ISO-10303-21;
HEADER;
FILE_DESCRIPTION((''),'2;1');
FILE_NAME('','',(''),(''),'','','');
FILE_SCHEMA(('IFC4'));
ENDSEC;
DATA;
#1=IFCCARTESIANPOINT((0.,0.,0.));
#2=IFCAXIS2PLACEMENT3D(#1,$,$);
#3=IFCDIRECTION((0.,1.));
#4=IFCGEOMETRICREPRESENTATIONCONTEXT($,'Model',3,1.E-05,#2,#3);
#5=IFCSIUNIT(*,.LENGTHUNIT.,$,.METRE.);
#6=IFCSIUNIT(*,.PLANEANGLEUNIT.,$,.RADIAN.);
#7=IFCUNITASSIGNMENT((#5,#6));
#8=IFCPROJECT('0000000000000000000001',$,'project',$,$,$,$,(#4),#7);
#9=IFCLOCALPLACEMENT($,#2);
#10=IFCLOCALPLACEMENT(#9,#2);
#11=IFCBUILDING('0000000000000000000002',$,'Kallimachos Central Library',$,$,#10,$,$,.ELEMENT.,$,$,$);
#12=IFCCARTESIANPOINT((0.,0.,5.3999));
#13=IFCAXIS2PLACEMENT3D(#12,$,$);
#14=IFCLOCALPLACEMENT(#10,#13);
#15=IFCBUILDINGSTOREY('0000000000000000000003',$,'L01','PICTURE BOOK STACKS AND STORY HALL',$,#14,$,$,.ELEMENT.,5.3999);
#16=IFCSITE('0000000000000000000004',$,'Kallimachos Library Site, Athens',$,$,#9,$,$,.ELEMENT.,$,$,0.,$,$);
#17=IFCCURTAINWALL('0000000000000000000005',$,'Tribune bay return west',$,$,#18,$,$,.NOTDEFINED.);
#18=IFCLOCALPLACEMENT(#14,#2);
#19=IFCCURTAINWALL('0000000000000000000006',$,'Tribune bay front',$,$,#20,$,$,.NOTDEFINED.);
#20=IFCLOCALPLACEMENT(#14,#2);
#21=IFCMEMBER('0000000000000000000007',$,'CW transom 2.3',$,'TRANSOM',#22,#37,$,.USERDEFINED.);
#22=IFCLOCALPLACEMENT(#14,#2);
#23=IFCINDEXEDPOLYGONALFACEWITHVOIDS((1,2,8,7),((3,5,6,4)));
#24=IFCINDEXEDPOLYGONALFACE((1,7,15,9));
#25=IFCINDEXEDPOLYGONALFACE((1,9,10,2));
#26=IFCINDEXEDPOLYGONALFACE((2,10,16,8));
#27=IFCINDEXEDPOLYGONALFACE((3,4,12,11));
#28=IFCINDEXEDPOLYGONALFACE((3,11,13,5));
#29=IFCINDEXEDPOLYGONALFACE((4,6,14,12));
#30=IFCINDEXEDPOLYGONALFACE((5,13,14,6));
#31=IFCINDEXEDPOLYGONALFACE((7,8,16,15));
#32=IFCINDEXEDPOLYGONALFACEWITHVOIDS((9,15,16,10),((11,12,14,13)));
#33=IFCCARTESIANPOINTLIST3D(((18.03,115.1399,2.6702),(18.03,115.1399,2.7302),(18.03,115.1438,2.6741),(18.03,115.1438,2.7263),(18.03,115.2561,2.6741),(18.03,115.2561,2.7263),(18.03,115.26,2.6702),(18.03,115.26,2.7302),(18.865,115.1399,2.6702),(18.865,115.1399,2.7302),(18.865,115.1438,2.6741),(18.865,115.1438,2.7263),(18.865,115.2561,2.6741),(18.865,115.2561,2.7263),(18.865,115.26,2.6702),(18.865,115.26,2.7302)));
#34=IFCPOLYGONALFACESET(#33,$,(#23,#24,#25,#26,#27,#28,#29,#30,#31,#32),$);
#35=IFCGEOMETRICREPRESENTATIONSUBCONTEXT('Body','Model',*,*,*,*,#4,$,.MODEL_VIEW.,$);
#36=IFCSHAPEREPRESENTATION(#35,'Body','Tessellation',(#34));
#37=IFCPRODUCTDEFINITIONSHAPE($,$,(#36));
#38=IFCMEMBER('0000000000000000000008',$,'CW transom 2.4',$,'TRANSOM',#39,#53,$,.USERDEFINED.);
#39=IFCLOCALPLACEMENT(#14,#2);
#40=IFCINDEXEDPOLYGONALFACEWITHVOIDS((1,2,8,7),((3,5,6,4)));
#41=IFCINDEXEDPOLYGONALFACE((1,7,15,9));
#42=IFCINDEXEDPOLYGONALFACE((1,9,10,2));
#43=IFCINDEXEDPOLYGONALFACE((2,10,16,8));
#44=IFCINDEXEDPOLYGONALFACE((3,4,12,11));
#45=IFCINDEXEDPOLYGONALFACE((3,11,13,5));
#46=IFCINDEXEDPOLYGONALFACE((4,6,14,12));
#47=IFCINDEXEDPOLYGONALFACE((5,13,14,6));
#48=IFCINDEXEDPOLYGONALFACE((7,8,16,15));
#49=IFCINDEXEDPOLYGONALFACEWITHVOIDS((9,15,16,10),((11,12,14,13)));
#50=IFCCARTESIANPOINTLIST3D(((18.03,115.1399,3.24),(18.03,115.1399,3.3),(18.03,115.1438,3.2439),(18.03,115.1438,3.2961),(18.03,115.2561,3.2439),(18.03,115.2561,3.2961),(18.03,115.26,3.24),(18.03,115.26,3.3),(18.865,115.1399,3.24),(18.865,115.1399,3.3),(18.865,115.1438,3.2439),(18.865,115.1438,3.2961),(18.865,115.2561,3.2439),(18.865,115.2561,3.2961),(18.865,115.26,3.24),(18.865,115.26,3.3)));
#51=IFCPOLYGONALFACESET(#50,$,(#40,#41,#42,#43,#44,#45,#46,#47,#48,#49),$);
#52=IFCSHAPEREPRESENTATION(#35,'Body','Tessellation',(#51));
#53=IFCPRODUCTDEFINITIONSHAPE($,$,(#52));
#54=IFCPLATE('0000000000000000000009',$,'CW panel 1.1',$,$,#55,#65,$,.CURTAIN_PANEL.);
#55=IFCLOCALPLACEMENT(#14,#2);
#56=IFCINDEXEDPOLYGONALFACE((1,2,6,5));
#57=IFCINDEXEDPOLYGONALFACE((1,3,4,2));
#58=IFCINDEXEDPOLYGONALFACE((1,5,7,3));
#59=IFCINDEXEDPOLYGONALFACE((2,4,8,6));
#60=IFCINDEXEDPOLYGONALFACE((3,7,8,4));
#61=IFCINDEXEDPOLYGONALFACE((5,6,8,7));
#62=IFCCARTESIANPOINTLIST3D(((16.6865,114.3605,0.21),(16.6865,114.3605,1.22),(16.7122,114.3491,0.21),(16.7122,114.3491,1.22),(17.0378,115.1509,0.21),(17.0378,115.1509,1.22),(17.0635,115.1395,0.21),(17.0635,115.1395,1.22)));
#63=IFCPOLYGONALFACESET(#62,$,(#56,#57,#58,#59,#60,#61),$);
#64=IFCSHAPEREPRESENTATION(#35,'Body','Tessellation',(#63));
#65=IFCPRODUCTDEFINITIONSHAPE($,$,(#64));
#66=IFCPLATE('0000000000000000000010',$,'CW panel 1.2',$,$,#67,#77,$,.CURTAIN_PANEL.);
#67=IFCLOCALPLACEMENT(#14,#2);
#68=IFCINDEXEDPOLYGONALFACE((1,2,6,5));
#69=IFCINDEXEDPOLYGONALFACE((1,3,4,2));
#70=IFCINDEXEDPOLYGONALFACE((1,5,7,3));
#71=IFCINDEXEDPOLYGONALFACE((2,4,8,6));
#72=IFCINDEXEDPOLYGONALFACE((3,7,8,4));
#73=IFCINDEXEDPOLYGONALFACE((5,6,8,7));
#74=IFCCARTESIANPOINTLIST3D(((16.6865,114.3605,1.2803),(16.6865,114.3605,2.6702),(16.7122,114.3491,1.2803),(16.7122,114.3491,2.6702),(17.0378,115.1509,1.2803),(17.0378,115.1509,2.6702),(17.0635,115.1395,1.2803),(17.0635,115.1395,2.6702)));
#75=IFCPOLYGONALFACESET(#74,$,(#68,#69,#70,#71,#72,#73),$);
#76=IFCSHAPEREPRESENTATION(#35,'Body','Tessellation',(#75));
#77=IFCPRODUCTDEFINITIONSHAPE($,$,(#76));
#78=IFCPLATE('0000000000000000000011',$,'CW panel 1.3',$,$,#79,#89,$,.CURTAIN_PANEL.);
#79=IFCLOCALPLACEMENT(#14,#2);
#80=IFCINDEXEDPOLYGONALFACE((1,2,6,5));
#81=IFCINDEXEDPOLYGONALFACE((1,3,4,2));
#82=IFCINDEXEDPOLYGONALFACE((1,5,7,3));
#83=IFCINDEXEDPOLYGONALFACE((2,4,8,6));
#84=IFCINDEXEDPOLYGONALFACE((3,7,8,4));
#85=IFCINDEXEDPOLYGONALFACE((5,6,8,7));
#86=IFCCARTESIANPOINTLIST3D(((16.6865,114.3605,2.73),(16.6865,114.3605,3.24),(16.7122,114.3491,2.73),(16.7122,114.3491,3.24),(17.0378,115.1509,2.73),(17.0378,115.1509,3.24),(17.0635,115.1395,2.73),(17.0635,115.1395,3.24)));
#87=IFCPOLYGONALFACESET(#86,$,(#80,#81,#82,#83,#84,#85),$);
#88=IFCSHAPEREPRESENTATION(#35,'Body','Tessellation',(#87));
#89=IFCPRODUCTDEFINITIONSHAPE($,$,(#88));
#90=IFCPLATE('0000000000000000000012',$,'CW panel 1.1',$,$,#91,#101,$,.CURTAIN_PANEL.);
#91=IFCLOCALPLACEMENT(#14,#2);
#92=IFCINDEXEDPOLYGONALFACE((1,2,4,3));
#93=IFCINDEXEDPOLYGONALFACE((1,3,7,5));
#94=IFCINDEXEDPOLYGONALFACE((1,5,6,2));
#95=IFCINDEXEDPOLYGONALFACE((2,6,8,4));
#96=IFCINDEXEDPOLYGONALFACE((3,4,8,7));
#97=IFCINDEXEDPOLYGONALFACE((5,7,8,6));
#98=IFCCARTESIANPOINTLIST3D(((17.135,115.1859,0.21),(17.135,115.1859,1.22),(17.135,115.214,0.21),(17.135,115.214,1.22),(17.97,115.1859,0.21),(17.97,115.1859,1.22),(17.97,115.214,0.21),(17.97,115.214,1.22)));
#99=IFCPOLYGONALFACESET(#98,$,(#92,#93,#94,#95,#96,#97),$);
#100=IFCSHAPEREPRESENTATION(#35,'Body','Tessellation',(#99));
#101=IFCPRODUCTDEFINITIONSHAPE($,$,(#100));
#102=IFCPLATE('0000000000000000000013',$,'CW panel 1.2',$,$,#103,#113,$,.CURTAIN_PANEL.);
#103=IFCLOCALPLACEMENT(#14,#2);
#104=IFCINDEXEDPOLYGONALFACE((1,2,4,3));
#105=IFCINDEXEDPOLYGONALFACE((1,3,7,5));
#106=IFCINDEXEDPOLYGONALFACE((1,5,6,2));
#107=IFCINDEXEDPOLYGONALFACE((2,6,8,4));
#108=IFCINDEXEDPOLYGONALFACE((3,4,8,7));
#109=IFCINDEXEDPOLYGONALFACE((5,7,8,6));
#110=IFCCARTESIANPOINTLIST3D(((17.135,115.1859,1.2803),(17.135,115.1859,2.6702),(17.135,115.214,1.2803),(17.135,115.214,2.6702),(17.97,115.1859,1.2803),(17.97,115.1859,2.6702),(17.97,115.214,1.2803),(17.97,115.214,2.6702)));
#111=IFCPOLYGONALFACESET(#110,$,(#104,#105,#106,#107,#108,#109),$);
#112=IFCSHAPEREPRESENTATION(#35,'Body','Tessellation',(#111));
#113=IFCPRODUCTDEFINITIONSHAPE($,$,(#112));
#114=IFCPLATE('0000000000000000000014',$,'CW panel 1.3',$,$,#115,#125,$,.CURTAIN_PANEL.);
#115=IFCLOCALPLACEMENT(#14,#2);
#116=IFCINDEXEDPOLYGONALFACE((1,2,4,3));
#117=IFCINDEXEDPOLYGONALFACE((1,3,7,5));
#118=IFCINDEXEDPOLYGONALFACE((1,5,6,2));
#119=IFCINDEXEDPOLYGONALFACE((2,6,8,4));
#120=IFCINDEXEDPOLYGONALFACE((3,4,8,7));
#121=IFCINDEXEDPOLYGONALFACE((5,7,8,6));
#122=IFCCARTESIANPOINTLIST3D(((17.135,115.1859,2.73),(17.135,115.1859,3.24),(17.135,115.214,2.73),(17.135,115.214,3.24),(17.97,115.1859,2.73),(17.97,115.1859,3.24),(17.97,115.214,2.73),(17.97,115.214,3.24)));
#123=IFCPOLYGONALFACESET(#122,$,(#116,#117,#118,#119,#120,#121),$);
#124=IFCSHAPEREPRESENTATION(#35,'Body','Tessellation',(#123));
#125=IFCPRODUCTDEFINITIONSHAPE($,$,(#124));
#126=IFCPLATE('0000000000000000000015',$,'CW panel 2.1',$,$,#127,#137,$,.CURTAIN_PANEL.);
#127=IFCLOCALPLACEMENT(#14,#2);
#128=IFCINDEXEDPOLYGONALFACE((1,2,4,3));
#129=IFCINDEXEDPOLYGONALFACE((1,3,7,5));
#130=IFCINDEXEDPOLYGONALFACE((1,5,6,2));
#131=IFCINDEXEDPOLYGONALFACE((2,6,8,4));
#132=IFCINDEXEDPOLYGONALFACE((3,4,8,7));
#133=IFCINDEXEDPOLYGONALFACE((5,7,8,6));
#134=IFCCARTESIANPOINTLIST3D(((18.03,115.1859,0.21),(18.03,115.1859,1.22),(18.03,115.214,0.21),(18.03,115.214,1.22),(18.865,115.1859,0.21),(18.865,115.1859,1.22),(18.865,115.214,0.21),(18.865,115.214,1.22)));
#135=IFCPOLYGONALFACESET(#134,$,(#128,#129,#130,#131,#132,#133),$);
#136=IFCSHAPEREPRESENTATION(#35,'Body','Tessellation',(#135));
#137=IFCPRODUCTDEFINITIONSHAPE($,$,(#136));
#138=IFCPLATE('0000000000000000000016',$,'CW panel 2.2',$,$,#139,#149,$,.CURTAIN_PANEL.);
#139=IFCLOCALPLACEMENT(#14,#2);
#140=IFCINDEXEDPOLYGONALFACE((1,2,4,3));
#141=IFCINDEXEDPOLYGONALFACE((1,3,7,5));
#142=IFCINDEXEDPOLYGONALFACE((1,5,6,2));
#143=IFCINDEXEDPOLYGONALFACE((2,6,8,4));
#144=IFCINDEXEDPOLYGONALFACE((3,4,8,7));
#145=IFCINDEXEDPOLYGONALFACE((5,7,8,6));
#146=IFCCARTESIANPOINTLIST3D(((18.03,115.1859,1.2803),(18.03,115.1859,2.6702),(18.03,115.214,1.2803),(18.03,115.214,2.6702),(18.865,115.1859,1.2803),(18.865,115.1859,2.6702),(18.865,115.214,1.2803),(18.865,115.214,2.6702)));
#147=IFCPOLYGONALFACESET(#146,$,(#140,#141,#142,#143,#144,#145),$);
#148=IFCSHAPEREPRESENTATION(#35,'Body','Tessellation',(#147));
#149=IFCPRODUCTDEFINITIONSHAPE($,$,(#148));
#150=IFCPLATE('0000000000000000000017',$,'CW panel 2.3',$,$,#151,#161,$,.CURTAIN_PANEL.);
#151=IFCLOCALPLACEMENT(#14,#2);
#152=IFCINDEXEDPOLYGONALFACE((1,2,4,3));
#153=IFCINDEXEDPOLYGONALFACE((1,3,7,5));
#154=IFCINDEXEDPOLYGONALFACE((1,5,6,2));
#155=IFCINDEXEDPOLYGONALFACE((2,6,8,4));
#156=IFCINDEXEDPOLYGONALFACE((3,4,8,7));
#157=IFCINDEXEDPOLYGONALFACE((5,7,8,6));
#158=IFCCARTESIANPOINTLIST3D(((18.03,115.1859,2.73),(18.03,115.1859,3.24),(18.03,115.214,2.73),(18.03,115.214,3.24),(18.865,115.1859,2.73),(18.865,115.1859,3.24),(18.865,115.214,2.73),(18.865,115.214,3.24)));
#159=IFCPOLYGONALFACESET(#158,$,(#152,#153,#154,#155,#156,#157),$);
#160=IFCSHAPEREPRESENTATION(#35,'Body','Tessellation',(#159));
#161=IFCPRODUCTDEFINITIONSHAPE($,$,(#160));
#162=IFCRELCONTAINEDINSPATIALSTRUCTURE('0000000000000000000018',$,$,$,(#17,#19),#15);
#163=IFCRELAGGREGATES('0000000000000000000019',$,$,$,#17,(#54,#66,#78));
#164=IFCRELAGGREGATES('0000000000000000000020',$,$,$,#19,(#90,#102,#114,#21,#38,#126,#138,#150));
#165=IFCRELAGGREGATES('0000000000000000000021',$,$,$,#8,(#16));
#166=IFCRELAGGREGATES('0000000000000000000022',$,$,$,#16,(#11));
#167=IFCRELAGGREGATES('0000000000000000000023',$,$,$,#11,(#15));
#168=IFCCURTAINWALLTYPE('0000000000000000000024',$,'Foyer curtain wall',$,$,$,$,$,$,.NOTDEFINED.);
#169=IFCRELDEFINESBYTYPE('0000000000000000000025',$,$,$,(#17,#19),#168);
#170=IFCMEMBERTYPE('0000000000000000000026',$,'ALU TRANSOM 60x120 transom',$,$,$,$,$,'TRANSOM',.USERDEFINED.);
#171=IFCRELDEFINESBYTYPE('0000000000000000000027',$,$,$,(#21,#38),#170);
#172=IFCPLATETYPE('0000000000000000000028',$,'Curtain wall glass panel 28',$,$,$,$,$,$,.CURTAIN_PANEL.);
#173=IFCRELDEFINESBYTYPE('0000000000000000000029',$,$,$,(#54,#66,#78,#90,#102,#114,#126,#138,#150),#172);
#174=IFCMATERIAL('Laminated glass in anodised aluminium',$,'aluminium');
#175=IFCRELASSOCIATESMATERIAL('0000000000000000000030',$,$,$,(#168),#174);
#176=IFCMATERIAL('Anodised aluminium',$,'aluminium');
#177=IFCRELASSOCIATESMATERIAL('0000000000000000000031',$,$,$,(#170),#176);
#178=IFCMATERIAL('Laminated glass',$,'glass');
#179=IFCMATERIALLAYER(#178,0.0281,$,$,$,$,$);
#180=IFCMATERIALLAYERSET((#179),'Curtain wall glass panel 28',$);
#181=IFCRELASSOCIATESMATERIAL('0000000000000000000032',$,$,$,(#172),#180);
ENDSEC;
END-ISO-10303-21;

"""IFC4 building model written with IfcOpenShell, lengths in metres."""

from ifc_helpers import new_model, si_unit, direction, frame, origin, origin_2d, place, context, subcontext, project, spatial, rectangle, hollow_rectangle, extrude, material, layer, layer_set, material_profile, profile_set, type_object, element, aggregate, save


model = new_model("IFC4")

# Units and contexts
model_context = context("Model", 3, precision=1e-05, world=origin(), true_north=direction((0.0, 1.0)))
body_context = subcontext(model_context, "Body", "Model", "MODEL_VIEW")
ifc_project = project(units=[si_unit("LENGTHUNIT", "METRE"), si_unit("PLANEANGLEUNIT", "RADIAN")], contexts=[model_context])

# Site, building, storey
site_placement = place(None, origin())
site = spatial("IfcSite", under=ifc_project, at=site_placement, Name="Kallimachos Library Site, Athens", CompositionType="ELEMENT", RefElevation=0.0)
building_placement = place(site_placement, origin())
building = spatial("IfcBuilding", under=site, at=building_placement, Name="Kallimachos Central Library", CompositionType="ELEMENT")
storey_placement = place(building_placement, frame((0.0, 0.0, 5.3999)))
storey = spatial("IfcBuildingStorey", under=building, at=storey_placement, Name="L01", Description="PICTURE BOOK STACKS AND STORY HALL", CompositionType="ELEMENT", Elevation=5.3999)

# Curtain wall
ifc_material_1 = material(Name="Laminated glass in anodised aluminium", Category="aluminium")
curtain_wall_type = type_object("IfcCurtainWallType", Name="Foyer curtain wall", PredefinedType="NOTDEFINED", material=ifc_material_1)
curtain_wall_1_placement = place(storey_placement, origin())
curtain_wall_1 = element("IfcCurtainWall", 1, at=curtain_wall_1_placement, inside=storey, type_object=curtain_wall_type, Name="Tribune bay return west", PredefinedType="NOTDEFINED")

# Curtain wall
curtain_wall_2_placement = place(storey_placement, origin())
curtain_wall_2 = element("IfcCurtainWall", 2, at=curtain_wall_2_placement, inside=storey, type_object=curtain_wall_type, Name="Tribune bay front", PredefinedType="NOTDEFINED")

# Members
ifc_material_2 = material(Name="Anodised aluminium", Category="aluminium")
ifc_material_profile_1 = material_profile(ifc_material_2, hollow_rectangle(XDim=0.0601, YDim=0.1201, WallThickness=0.0039, at=origin_2d()), Name="ALU TRANSOM 60x120")
ifc_profile_set_1 = profile_set([ifc_material_profile_1], Name="Anodised aluminium")
member_type_1 = type_object("IfcMemberType", Name="ALU TRANSOM 60x120 transom", ElementType="TRANSOM", PredefinedType="USERDEFINED", material=ifc_profile_set_1)
member_1_placement = place(storey_placement, frame((18.03, 115.2, 2.7002), z_axis=(1.0, 0.0, 0.0), x_axis=(0.0, 0.0, 1.0)))
member_1 = element("IfcMember", 3, at=member_1_placement, type_object=member_type_1, Name="CW transom 2.3", ObjectType="TRANSOM", PredefinedType="USERDEFINED", context=body_context, shape_type="SweptSolid", body=[
    extrude(hollow_rectangle(XDim=0.0601, YDim=0.1201, WallThickness=0.0039, at=origin_2d()), origin(), (0.0, 0.0, 1.0), 0.835),
])
member_2_placement = place(storey_placement, frame((18.03, 115.2, 3.27), z_axis=(1.0, 0.0, 0.0), x_axis=(0.0, 0.0, 1.0)))
member_2 = element("IfcMember", 4, at=member_2_placement, type_object=member_type_1, Name="CW transom 2.4", ObjectType="TRANSOM", PredefinedType="USERDEFINED", context=body_context, shape_type="SweptSolid", body=[
    extrude(hollow_rectangle(XDim=0.0601, YDim=0.1201, WallThickness=0.0039, at=origin_2d()), origin(), (0.0, 0.0, 1.0), 0.835),
])

# Plates
ifc_material_3 = material(Name="Laminated glass", Category="glass")
ifc_layer = layer(ifc_material_3, 0.0281)
ifc_layer_set = layer_set([ifc_layer], Name="Curtain wall glass panel 28")
plate_type = type_object("IfcPlateType", Name="Curtain wall glass panel 28", PredefinedType="CURTAIN_PANEL", material=ifc_layer_set)
plate_1_placement = place(storey_placement, frame((16.875, 114.75, 0.21), z_axis=(0.0, 0.0, 1.0), x_axis=(0.406138, 0.913812, 0.0)))
plate_1 = element("IfcPlate", 5, at=plate_1_placement, type_object=plate_type, Name="CW panel 1.1", PredefinedType="CURTAIN_PANEL", context=body_context, shape_type="SweptSolid", body=[
    extrude(rectangle(XDim=0.865, YDim=0.0281, at=origin_2d()), origin(), (0.0, 0.0, 1.0), 1.01),
])
plate_2_placement = place(storey_placement, frame((16.875, 114.75, 1.2803), z_axis=(0.0, 0.0, 1.0), x_axis=(0.406138, 0.913812, 0.0)))
plate_2 = element("IfcPlate", 6, at=plate_2_placement, type_object=plate_type, Name="CW panel 1.2", PredefinedType="CURTAIN_PANEL", context=body_context, shape_type="SweptSolid", body=[
    extrude(rectangle(XDim=0.865, YDim=0.0281, at=origin_2d()), origin(), (0.0, 0.0, 1.0), 1.3899),
])
plate_3_placement = place(storey_placement, frame((16.875, 114.75, 2.73), z_axis=(0.0, 0.0, 1.0), x_axis=(0.406138, 0.913812, 0.0)))
plate_3 = element("IfcPlate", 7, at=plate_3_placement, type_object=plate_type, Name="CW panel 1.3", PredefinedType="CURTAIN_PANEL", context=body_context, shape_type="SweptSolid", body=[
    extrude(rectangle(XDim=0.865, YDim=0.0281, at=origin_2d()), origin(), (0.0, 0.0, 1.0), 0.51),
])
aggregate(curtain_wall_1, [plate_1, plate_2, plate_3])
plate_4_placement = place(storey_placement, frame((17.5525, 115.2, 0.21), z_axis=(0.0, 0.0, 1.0), x_axis=(1.0, 0.0, 0.0)))
plate_4 = element("IfcPlate", 8, at=plate_4_placement, type_object=plate_type, Name="CW panel 1.1", PredefinedType="CURTAIN_PANEL", context=body_context, shape_type="SweptSolid", body=[
    extrude(rectangle(XDim=0.835, YDim=0.0281, at=origin_2d()), origin(), (0.0, 0.0, 1.0), 1.01),
])
plate_5_placement = place(storey_placement, frame((17.5525, 115.2, 1.2803), z_axis=(0.0, 0.0, 1.0), x_axis=(1.0, 0.0, 0.0)))
plate_5 = element("IfcPlate", 9, at=plate_5_placement, type_object=plate_type, Name="CW panel 1.2", PredefinedType="CURTAIN_PANEL", context=body_context, shape_type="SweptSolid", body=[
    extrude(rectangle(XDim=0.835, YDim=0.0281, at=origin_2d()), origin(), (0.0, 0.0, 1.0), 1.3899),
])
plate_6_placement = place(storey_placement, frame((17.5525, 115.2, 2.73), z_axis=(0.0, 0.0, 1.0), x_axis=(1.0, 0.0, 0.0)))
plate_6 = element("IfcPlate", 10, at=plate_6_placement, type_object=plate_type, Name="CW panel 1.3", PredefinedType="CURTAIN_PANEL", context=body_context, shape_type="SweptSolid", body=[
    extrude(rectangle(XDim=0.835, YDim=0.0281, at=origin_2d()), origin(), (0.0, 0.0, 1.0), 0.51),
])
plate_7_placement = place(storey_placement, frame((18.4475, 115.2, 0.21), z_axis=(0.0, 0.0, 1.0), x_axis=(1.0, 0.0, 0.0)))
plate_7 = element("IfcPlate", 11, at=plate_7_placement, type_object=plate_type, Name="CW panel 2.1", PredefinedType="CURTAIN_PANEL", context=body_context, shape_type="SweptSolid", body=[
    extrude(rectangle(XDim=0.835, YDim=0.0281, at=origin_2d()), origin(), (0.0, 0.0, 1.0), 1.01),
])
plate_8_placement = place(storey_placement, frame((18.4475, 115.2, 1.2803), z_axis=(0.0, 0.0, 1.0), x_axis=(1.0, 0.0, 0.0)))
plate_8 = element("IfcPlate", 12, at=plate_8_placement, type_object=plate_type, Name="CW panel 2.2", PredefinedType="CURTAIN_PANEL", context=body_context, shape_type="SweptSolid", body=[
    extrude(rectangle(XDim=0.835, YDim=0.0281, at=origin_2d()), origin(), (0.0, 0.0, 1.0), 1.3899),
])
plate_9_placement = place(storey_placement, frame((18.4475, 115.2, 2.73), z_axis=(0.0, 0.0, 1.0), x_axis=(1.0, 0.0, 0.0)))
plate_9 = element("IfcPlate", 13, at=plate_9_placement, type_object=plate_type, Name="CW panel 2.3", PredefinedType="CURTAIN_PANEL", context=body_context, shape_type="SweptSolid", body=[
    extrude(rectangle(XDim=0.835, YDim=0.0281, at=origin_2d()), origin(), (0.0, 0.0, 1.0), 0.51),
])
aggregate(curtain_wall_2, [plate_4, plate_5, plate_6, member_1, member_2, plate_7, plate_8, plate_9])

save(model, "model.ifc")
